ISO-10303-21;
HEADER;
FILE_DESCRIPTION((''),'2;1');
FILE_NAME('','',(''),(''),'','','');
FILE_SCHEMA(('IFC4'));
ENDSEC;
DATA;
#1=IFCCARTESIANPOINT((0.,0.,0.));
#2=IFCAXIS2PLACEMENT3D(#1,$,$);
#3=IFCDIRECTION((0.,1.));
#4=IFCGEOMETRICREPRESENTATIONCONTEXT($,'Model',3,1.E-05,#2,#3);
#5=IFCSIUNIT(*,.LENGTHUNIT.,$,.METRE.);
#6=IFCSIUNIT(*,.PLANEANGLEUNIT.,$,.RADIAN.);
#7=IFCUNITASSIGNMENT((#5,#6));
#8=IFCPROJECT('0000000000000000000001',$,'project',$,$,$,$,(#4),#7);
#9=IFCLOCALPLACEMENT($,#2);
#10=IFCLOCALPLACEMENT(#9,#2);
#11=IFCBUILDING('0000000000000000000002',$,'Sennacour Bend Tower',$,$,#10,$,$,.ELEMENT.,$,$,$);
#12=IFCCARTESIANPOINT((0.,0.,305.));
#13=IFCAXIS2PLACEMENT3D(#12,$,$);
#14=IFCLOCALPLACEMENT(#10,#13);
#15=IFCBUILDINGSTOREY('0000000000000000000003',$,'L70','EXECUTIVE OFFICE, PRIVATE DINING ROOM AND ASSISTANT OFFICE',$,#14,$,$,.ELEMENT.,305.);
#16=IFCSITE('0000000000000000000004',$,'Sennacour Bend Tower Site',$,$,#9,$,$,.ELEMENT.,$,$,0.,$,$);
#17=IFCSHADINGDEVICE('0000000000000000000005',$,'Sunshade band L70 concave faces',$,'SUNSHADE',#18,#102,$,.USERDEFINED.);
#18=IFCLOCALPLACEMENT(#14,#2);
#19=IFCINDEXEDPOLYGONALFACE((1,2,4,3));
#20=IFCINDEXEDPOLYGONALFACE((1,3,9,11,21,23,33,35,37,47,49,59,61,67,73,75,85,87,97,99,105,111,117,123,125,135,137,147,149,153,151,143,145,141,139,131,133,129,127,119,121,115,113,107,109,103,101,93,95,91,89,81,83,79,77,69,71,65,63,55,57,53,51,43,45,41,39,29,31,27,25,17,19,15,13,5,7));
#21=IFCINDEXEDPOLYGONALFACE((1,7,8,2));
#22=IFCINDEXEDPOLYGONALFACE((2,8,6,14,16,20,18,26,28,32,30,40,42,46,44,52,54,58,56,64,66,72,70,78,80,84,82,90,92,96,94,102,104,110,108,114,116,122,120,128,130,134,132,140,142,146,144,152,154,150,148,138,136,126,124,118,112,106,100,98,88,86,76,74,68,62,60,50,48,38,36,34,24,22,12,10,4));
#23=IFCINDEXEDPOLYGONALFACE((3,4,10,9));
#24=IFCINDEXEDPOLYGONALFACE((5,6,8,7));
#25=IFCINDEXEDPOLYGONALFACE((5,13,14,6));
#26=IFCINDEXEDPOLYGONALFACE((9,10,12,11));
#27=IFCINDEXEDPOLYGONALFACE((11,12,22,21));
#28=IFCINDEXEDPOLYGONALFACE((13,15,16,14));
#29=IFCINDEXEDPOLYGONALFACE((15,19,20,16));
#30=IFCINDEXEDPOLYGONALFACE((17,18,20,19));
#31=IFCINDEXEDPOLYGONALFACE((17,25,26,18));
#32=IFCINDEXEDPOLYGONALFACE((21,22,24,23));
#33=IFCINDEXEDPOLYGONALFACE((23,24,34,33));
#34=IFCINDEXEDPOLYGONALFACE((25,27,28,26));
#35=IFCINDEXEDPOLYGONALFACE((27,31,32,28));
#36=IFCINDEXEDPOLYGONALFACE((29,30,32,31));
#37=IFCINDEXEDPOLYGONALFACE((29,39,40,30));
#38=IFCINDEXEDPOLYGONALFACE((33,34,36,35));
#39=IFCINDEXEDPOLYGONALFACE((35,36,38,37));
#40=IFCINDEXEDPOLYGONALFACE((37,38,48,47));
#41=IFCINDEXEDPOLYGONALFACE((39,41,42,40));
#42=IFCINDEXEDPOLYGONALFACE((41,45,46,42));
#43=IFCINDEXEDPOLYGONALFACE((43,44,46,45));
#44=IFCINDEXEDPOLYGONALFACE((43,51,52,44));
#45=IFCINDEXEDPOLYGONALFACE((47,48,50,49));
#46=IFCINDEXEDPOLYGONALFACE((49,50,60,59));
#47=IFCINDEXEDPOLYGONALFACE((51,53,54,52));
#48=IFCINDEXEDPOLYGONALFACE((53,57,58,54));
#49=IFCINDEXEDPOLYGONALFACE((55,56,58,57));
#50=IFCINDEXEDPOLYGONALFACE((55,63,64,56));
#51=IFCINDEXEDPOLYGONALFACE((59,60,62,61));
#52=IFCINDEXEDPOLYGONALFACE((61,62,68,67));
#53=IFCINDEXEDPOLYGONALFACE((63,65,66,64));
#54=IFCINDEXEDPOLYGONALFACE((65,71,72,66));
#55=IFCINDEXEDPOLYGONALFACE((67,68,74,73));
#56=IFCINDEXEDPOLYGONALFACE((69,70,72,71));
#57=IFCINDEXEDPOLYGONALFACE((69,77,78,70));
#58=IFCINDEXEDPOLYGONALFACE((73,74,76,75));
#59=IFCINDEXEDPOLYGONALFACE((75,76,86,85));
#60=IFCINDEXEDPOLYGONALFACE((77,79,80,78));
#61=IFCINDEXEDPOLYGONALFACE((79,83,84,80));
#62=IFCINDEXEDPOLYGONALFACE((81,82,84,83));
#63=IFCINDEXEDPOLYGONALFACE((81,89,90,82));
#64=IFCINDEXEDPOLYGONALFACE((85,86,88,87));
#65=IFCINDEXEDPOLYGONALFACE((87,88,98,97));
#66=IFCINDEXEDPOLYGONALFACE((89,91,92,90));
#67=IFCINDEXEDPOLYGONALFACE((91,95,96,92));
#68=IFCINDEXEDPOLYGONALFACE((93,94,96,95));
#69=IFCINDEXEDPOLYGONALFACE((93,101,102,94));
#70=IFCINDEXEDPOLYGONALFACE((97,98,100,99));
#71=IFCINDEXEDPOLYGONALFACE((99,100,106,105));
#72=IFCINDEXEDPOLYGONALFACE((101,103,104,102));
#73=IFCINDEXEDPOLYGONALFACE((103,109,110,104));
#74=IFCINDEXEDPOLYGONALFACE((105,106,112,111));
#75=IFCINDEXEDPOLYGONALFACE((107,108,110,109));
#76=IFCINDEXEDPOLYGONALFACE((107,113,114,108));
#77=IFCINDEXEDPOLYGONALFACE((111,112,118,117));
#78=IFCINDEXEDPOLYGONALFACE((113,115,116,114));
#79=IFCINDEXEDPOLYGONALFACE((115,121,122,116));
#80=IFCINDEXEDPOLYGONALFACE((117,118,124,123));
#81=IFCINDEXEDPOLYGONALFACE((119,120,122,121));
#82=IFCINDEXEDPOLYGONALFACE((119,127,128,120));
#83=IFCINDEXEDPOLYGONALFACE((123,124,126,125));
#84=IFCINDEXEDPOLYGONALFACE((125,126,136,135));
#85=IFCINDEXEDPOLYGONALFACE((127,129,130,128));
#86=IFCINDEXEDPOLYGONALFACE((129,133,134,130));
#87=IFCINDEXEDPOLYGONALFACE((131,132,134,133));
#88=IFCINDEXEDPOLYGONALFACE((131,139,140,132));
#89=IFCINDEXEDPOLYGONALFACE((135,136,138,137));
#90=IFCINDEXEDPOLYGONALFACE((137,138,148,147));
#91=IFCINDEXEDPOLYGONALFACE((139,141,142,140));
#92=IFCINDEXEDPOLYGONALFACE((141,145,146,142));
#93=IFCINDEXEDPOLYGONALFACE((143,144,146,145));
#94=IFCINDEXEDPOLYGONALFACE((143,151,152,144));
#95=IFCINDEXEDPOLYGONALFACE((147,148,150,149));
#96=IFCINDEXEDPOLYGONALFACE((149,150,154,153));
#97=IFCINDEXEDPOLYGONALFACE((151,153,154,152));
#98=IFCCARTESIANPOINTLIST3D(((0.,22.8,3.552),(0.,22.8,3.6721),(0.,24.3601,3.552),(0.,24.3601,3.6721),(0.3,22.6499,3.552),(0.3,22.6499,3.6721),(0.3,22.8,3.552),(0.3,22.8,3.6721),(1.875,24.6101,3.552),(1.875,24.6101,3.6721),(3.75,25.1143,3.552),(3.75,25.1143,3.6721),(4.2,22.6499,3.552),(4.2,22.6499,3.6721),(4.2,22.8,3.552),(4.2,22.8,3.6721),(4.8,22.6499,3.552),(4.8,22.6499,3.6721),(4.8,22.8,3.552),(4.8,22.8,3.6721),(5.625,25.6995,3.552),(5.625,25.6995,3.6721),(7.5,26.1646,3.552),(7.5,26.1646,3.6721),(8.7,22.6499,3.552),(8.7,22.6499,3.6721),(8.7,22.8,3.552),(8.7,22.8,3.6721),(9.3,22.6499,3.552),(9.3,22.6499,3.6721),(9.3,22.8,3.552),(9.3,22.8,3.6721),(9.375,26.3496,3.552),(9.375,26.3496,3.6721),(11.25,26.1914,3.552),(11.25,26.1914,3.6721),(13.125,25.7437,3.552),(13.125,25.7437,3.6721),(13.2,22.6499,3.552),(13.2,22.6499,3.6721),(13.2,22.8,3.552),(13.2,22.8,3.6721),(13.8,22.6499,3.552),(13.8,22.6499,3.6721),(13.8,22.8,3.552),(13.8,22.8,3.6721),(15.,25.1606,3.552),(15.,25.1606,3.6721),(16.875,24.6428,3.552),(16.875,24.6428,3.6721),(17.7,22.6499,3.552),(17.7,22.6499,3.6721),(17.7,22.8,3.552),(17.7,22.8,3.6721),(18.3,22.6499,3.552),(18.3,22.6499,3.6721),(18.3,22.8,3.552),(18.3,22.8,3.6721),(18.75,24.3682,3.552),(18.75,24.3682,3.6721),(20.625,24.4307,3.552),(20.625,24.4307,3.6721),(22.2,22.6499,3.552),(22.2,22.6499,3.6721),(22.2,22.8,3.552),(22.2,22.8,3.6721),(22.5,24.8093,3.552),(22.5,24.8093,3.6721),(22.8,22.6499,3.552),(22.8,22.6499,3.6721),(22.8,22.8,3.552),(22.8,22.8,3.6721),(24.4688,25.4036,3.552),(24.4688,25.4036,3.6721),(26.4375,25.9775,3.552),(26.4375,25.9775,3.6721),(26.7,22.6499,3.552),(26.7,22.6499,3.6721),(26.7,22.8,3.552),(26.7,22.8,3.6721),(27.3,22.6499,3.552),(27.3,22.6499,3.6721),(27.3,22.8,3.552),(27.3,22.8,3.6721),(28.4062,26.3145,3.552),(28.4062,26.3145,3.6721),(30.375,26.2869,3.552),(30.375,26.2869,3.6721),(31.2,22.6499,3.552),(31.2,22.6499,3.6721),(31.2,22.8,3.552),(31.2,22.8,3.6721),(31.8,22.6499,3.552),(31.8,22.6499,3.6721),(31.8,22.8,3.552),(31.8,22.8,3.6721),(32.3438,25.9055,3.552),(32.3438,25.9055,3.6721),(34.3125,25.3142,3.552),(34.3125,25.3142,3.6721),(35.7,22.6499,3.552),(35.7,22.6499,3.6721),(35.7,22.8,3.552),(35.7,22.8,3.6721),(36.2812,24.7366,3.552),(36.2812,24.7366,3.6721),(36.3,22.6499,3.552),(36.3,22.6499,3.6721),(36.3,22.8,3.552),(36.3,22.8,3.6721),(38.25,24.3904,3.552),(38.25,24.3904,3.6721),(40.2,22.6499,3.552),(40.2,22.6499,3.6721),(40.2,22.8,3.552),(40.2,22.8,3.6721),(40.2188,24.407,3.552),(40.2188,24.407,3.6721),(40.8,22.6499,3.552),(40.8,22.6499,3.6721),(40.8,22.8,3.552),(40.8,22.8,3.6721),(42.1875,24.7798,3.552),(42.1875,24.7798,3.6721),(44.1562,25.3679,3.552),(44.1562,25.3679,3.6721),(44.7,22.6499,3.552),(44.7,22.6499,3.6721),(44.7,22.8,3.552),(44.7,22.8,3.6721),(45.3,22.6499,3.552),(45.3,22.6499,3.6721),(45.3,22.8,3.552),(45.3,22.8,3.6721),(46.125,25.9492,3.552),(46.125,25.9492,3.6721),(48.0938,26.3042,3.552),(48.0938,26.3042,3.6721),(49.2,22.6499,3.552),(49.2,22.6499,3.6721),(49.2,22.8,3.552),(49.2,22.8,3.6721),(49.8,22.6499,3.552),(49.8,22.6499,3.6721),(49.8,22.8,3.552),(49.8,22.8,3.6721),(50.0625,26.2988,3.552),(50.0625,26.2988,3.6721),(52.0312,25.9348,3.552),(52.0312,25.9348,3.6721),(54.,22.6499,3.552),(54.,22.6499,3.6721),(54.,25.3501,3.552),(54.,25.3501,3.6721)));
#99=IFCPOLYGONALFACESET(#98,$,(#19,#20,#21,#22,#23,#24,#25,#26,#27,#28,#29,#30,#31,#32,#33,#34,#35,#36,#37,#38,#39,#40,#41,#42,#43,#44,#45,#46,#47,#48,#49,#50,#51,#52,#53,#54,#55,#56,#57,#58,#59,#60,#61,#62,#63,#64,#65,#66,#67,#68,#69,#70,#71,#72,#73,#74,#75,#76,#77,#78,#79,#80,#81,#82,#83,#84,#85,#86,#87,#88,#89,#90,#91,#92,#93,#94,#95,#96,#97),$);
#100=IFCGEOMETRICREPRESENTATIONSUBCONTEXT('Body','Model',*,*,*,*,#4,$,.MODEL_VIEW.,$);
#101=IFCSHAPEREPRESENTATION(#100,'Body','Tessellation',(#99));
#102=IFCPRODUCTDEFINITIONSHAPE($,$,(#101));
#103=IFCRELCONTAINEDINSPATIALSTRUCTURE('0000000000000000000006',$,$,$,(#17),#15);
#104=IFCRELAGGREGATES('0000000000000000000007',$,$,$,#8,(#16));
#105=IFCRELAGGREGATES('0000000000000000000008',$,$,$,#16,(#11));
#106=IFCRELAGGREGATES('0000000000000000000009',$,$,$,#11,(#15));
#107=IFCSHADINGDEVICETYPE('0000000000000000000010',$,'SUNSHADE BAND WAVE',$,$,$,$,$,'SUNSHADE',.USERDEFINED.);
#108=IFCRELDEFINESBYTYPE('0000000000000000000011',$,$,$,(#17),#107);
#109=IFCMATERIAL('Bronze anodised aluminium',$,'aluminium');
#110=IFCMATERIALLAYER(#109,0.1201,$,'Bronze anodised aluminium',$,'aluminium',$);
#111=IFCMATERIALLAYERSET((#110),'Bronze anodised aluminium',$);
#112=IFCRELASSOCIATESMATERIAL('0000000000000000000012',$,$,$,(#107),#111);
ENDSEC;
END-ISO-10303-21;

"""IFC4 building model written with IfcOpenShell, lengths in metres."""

from ifc_helpers import new_model, si_unit, direction, frame, origin, place, context, subcontext, project, spatial, polyline, outline, extrude, material, layer, layer_set, type_object, element, save


model = new_model("IFC4")

# Units and contexts
model_context = context("Model", 3, precision=1e-05, world=origin(), true_north=direction((0.0, 1.0)))
body_context = subcontext(model_context, "Body", "Model", "MODEL_VIEW")
ifc_project = project(units=[si_unit("LENGTHUNIT", "METRE"), si_unit("PLANEANGLEUNIT", "RADIAN")], contexts=[model_context])

# Site, building, storey
site_placement = place(None, origin())
site = spatial("IfcSite", under=ifc_project, at=site_placement, Name="Sennacour Bend Tower Site", CompositionType="ELEMENT", RefElevation=0.0)
building_placement = place(site_placement, origin())
building = spatial("IfcBuilding", under=site, at=building_placement, Name="Sennacour Bend Tower", CompositionType="ELEMENT")
storey_placement = place(building_placement, frame((0.0, 0.0, 305.0)))
storey = spatial("IfcBuildingStorey", under=building, at=storey_placement, Name="L70", Description="EXECUTIVE OFFICE, PRIVATE DINING ROOM AND ASSISTANT OFFICE", CompositionType="ELEMENT", Elevation=305.0)

# Shading device
ifc_material_1 = material(Name="Bronze anodised aluminium", Category="aluminium")
ifc_layer_1 = layer(ifc_material_1, 0.1201, Name="Bronze anodised aluminium", Category="aluminium")
ifc_layer_set_1 = layer_set([ifc_layer_1], Name="Bronze anodised aluminium")
shading_device_type_1 = type_object("IfcShadingDeviceType", Name="SUNSHADE BAND WAVE", ElementType="SUNSHADE", PredefinedType="USERDEFINED", material=ifc_layer_set_1)
shading_device_1_placement = place(storey_placement, frame((0.0, 0.0, 3.552)))
element("IfcShadingDevice", 1, at=shading_device_1_placement, inside=storey, type_object=shading_device_type_1, Name="Sunshade band L70 concave faces", ObjectType="SUNSHADE", PredefinedType="USERDEFINED", context=body_context, shape_type="SweptSolid", body=[
    extrude(outline(polyline([(54.0, 22.6499), (49.8, 22.6499), (49.8, 22.8), (49.2, 22.8), (49.2, 22.6499), (45.3, 22.6499), (45.3, 22.8), (44.7, 22.8), (44.7, 22.6499), (40.8, 22.6499), (40.8, 22.8), (40.2, 22.8), (40.2, 22.6499), (36.3, 22.6499), (36.3, 22.8), (35.7, 22.8), (35.7, 22.6499), (31.8, 22.6499), (31.8, 22.8), (31.2, 22.8), (31.2, 22.6499), (27.3, 22.6499), (27.3, 22.8), (26.7, 22.8), (26.7, 22.6499), (22.8, 22.6499), (22.8, 22.8), (22.2, 22.8), (22.2, 22.6499), (18.3, 22.6499), (18.3, 22.8), (17.7, 22.8), (17.7, 22.6499), (13.8, 22.6499), (13.8, 22.8), (13.2, 22.8), (13.2, 22.6499), (9.3, 22.6499), (9.3, 22.8), (8.7, 22.8), (8.7, 22.6499), (4.8, 22.6499), (4.8, 22.8), (4.2, 22.8), (4.2, 22.6499), (0.3, 22.6499), (0.3, 22.8), (0.0, 22.8), (0.0, 24.3601), (1.875, 24.6101), (3.75, 25.1143), (5.625, 25.6995), (7.5, 26.1646), (9.375, 26.3496), (11.25, 26.1914), (13.125, 25.7437), (15.0, 25.1606), (16.875, 24.6428), (18.75, 24.3682), (20.625, 24.4307), (22.5, 24.8093), (24.4688, 25.4036), (26.4375, 25.9775), (28.4062, 26.3145), (30.375, 26.2869), (32.3438, 25.9055), (34.3125, 25.3142), (36.2812, 24.7366), (38.25, 24.3904), (40.2188, 24.407), (42.1875, 24.7798), (44.1562, 25.3679), (46.125, 25.9492), (48.0938, 26.3042), (50.0625, 26.2988), (52.0312, 25.9348), (54.0, 25.3501), (54.0, 22.6499)])), origin(), (0.0, 0.0, 1.0), 0.1201),
])

save(model, "model.ifc")
